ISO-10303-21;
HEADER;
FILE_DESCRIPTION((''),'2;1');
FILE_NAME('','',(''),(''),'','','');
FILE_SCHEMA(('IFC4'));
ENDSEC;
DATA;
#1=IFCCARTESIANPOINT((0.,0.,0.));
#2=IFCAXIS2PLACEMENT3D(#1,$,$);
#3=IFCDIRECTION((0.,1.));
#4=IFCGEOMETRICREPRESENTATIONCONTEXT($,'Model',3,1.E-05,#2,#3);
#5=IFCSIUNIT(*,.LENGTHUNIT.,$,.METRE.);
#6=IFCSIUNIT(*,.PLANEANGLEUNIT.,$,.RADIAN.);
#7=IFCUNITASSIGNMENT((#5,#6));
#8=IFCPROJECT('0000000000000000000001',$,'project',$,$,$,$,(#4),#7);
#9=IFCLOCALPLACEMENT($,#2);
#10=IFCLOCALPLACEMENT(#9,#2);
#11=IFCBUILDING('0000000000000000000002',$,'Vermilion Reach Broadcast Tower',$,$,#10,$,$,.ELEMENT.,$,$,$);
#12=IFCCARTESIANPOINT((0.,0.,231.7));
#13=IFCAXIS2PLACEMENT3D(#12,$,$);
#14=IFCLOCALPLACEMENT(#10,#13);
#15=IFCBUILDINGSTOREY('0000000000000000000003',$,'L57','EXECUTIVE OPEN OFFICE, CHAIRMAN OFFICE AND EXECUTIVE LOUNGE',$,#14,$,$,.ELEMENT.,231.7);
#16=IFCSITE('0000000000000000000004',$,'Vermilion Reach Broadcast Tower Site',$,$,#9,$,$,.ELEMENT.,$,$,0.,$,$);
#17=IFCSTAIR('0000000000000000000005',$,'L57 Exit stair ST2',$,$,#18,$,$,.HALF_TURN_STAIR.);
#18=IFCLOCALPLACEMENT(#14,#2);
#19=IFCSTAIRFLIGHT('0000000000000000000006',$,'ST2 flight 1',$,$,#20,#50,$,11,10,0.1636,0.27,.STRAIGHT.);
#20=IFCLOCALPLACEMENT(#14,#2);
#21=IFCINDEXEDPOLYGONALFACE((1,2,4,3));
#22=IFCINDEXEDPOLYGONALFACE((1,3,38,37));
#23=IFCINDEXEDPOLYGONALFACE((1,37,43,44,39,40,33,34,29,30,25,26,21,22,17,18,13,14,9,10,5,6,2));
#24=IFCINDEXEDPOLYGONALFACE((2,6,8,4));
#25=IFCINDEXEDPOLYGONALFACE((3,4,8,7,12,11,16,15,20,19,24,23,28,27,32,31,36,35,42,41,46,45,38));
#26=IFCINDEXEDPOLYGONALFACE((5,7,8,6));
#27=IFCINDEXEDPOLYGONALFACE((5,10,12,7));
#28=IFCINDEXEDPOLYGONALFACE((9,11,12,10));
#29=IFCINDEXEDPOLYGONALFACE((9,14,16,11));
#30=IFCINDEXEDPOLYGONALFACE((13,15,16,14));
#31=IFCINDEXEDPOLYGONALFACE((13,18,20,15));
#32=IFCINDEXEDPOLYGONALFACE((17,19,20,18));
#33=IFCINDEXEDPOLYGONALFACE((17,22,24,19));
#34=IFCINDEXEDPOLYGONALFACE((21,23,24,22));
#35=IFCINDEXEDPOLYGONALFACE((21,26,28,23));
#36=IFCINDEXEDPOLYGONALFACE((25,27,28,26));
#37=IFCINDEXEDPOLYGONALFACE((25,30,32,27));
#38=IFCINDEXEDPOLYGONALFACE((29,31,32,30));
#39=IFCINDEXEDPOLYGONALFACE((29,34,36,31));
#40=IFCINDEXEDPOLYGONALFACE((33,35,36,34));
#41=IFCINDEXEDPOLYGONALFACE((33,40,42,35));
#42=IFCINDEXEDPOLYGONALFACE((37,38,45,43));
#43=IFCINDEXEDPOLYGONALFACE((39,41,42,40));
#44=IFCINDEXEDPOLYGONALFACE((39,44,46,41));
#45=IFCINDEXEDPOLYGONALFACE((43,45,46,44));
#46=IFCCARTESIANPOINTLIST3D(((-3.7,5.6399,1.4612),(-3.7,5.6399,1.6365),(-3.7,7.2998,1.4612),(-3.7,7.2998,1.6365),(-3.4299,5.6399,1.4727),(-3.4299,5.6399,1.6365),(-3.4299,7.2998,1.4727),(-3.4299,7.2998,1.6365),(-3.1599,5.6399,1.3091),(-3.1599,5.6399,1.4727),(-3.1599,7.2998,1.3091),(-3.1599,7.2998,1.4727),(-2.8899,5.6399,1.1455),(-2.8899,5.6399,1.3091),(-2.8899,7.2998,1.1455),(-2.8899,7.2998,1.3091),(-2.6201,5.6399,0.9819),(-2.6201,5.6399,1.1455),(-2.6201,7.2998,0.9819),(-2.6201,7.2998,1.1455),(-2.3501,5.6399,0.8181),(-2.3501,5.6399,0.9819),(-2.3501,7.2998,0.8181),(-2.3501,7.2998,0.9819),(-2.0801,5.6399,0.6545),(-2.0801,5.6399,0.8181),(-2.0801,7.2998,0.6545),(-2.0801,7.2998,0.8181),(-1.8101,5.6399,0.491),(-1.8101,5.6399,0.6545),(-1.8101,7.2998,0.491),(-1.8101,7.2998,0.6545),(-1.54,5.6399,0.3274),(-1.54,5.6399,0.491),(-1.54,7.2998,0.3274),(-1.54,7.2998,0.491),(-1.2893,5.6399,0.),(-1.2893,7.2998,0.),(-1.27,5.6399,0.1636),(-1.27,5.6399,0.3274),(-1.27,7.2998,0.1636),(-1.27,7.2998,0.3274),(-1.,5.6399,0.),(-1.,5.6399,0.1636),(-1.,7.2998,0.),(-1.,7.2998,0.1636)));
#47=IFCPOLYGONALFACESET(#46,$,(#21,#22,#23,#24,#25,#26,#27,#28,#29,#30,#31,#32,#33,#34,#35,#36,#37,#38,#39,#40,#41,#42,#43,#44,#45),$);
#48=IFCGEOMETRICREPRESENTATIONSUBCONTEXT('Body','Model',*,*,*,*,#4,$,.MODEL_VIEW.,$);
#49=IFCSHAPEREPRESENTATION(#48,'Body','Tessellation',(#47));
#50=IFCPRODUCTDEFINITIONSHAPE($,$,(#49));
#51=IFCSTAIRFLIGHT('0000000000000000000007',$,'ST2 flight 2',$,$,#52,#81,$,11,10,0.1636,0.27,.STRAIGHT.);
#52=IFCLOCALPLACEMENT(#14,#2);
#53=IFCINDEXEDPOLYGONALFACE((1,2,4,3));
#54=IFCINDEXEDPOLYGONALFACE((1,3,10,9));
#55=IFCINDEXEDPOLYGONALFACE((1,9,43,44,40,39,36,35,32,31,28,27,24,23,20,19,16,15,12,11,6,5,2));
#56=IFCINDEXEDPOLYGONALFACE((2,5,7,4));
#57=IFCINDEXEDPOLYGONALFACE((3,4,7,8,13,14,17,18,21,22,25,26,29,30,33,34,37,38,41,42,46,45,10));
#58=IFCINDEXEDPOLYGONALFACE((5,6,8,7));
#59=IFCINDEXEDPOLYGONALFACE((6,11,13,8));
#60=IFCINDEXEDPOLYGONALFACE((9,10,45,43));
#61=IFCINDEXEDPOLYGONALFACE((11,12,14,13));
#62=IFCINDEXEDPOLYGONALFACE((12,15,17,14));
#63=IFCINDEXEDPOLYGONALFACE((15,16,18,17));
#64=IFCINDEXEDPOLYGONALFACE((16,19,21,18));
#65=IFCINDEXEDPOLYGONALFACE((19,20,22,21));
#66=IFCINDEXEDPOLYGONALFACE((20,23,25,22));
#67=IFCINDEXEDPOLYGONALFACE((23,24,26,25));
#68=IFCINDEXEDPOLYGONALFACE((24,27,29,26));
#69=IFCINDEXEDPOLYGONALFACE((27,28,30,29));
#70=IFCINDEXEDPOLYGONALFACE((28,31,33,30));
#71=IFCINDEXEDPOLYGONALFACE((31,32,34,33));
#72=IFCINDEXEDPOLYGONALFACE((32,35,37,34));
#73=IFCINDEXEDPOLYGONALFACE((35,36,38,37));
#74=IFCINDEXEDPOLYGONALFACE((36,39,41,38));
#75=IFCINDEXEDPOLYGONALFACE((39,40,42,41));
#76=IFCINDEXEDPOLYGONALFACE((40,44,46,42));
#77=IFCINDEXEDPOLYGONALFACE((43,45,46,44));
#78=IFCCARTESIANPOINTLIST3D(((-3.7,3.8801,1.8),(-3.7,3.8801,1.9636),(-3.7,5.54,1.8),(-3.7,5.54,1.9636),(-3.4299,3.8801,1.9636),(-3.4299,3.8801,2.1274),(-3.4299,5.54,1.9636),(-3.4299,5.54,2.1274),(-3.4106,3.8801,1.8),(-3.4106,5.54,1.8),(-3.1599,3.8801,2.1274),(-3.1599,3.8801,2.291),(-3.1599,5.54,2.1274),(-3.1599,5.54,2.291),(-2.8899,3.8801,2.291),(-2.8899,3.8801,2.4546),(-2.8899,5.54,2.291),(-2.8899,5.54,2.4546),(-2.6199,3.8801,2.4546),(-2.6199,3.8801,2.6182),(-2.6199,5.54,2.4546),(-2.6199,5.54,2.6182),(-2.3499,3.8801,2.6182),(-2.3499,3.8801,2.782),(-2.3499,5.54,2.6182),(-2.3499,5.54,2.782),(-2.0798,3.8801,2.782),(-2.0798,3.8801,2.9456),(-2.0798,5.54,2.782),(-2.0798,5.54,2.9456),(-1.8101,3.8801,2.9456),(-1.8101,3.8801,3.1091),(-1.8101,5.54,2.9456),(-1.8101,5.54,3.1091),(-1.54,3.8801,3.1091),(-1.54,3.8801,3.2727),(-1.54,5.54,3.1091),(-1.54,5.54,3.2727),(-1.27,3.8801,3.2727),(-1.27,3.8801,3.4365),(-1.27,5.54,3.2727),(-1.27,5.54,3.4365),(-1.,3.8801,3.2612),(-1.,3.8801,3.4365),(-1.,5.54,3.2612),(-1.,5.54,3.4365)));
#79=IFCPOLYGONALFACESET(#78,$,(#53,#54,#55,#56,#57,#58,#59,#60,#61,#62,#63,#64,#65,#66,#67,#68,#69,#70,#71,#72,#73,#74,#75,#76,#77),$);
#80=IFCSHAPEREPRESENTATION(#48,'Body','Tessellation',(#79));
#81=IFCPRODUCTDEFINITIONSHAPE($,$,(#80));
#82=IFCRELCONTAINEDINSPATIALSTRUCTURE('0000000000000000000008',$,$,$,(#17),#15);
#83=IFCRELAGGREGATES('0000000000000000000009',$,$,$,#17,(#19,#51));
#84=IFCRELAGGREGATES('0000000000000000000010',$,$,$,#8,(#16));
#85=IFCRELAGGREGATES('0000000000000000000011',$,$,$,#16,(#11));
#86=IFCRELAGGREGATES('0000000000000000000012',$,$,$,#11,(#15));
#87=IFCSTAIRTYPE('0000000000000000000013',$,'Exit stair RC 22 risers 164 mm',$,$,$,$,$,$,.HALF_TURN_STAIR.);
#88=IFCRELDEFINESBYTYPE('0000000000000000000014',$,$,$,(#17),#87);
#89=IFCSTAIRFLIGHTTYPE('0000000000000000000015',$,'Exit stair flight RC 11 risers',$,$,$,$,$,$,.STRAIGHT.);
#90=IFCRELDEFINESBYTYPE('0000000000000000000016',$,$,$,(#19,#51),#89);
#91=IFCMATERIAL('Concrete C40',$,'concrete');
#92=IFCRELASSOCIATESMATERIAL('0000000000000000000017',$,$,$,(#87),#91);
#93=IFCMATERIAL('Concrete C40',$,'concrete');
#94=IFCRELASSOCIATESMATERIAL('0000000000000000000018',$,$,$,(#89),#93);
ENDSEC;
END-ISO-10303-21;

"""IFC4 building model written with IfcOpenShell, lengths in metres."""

from ifc_helpers import new_model, si_unit, direction, frame, origin, place, context, subcontext, project, spatial, polyline, outline, extrude, material, type_object, element, aggregate, save


model = new_model("IFC4")

# Units and contexts
model_context = context("Model", 3, precision=1e-05, world=origin(), true_north=direction((0.0, 1.0)))
body_context = subcontext(model_context, "Body", "Model", "MODEL_VIEW")
ifc_project = project(units=[si_unit("LENGTHUNIT", "METRE"), si_unit("PLANEANGLEUNIT", "RADIAN")], contexts=[model_context])

# Site, building, storey
site_placement = place(None, origin())
site = spatial("IfcSite", under=ifc_project, at=site_placement, Name="Vermilion Reach Broadcast Tower Site", CompositionType="ELEMENT", RefElevation=0.0)
building_placement = place(site_placement, origin())
building = spatial("IfcBuilding", under=site, at=building_placement, Name="Vermilion Reach Broadcast Tower", CompositionType="ELEMENT")
storey_placement = place(building_placement, frame((0.0, 0.0, 231.7)))
storey = spatial("IfcBuildingStorey", under=building, at=storey_placement, Name="L57", Description="EXECUTIVE OPEN OFFICE, CHAIRMAN OFFICE AND EXECUTIVE LOUNGE", CompositionType="ELEMENT", Elevation=231.7)

# Stair
ifc_material_1 = material(Name="Concrete C40", Category="concrete")
stair_type = type_object("IfcStairType", Name="Exit stair RC 22 risers 164 mm", PredefinedType="HALF_TURN_STAIR", material=ifc_material_1)
placement_1 = place(storey_placement, origin())
stair_1 = element("IfcStair", 1, at=placement_1, inside=storey, type_object=stair_type, Name="L57 Exit stair ST2", PredefinedType="HALF_TURN_STAIR")

# Stair flights
ifc_material_2 = material(Name="Concrete C40", Category="concrete")
stair_flight_type = type_object("IfcStairFlightType", Name="Exit stair flight RC 11 risers", PredefinedType="STRAIGHT", material=ifc_material_2)
stair_flight_1_placement = place(storey_placement, frame((-1.0, 6.47, 0.0), z_axis=(0.0, 0.0, 1.0), x_axis=(-1.0, 0.0, 0.0)))
stair_flight_1 = element("IfcStairFlight", 2, at=stair_flight_1_placement, type_object=stair_flight_type, Name="ST2 flight 1", NumberOfRisers=11, NumberOfTreads=10, PredefinedType="STRAIGHT", RiserHeight=0.1636, TreadLength=0.27, context=body_context, shape_type="SweptSolid", body=[
    extrude(outline(polyline([(0.0, 0.0), (0.0, 0.1636), (0.27, 0.1636), (0.27, 0.3274), (0.54, 0.3274), (0.54, 0.491), (0.8101, 0.491), (0.8101, 0.6545), (1.0801, 0.6545), (1.0801, 0.8181), (1.3501, 0.8181), (1.3501, 0.9819), (1.6201, 0.9819), (1.6201, 1.1455), (1.8899, 1.1455), (1.8899, 1.3091), (2.1599, 1.3091), (2.1599, 1.4727), (2.4299, 1.4727), (2.4299, 1.6365), (2.7, 1.6365), (2.7, 1.8), (2.7, 1.4612), (0.2893, 0.0), (0.0, 0.0)])), frame((0.0, 0.8301, 0.0), z_axis=(0.0, -1.0, 0.0), x_axis=(1.0, 0.0, 0.0)), (0.0, 0.0, 1.0), 1.6599),
])
stair_flight_2_placement = place(storey_placement, frame((-3.7, 4.71, 1.8), z_axis=(0.0, 0.0, 1.0), x_axis=(1.0, 0.0, 0.0)))
stair_flight_2 = element("IfcStairFlight", 3, at=stair_flight_2_placement, type_object=stair_flight_type, Name="ST2 flight 2", NumberOfRisers=11, NumberOfTreads=10, PredefinedType="STRAIGHT", RiserHeight=0.1636, TreadLength=0.27, context=body_context, shape_type="SweptSolid", body=[
    extrude(outline(polyline([(0.0, 0.0), (0.0, 0.1636), (0.27, 0.1636), (0.27, 0.3274), (0.54, 0.3274), (0.54, 0.491), (0.8101, 0.491), (0.8101, 0.6545), (1.0801, 0.6545), (1.0801, 0.8181), (1.3501, 0.8181), (1.3501, 0.9819), (1.6201, 0.9819), (1.6201, 1.1455), (1.8899, 1.1455), (1.8899, 1.3091), (2.1599, 1.3091), (2.1599, 1.4727), (2.4299, 1.4727), (2.4299, 1.6365), (2.7, 1.6365), (2.7, 1.8), (2.7, 1.4612), (0.2893, 0.0), (0.0, 0.0)])), frame((0.0, 0.8301, 0.0), z_axis=(0.0, -1.0, 0.0), x_axis=(1.0, 0.0, 0.0)), (0.0, 0.0, 1.0), 1.6599),
])
aggregate(stair_1, [stair_flight_1, stair_flight_2])

save(model, "model.ifc")
